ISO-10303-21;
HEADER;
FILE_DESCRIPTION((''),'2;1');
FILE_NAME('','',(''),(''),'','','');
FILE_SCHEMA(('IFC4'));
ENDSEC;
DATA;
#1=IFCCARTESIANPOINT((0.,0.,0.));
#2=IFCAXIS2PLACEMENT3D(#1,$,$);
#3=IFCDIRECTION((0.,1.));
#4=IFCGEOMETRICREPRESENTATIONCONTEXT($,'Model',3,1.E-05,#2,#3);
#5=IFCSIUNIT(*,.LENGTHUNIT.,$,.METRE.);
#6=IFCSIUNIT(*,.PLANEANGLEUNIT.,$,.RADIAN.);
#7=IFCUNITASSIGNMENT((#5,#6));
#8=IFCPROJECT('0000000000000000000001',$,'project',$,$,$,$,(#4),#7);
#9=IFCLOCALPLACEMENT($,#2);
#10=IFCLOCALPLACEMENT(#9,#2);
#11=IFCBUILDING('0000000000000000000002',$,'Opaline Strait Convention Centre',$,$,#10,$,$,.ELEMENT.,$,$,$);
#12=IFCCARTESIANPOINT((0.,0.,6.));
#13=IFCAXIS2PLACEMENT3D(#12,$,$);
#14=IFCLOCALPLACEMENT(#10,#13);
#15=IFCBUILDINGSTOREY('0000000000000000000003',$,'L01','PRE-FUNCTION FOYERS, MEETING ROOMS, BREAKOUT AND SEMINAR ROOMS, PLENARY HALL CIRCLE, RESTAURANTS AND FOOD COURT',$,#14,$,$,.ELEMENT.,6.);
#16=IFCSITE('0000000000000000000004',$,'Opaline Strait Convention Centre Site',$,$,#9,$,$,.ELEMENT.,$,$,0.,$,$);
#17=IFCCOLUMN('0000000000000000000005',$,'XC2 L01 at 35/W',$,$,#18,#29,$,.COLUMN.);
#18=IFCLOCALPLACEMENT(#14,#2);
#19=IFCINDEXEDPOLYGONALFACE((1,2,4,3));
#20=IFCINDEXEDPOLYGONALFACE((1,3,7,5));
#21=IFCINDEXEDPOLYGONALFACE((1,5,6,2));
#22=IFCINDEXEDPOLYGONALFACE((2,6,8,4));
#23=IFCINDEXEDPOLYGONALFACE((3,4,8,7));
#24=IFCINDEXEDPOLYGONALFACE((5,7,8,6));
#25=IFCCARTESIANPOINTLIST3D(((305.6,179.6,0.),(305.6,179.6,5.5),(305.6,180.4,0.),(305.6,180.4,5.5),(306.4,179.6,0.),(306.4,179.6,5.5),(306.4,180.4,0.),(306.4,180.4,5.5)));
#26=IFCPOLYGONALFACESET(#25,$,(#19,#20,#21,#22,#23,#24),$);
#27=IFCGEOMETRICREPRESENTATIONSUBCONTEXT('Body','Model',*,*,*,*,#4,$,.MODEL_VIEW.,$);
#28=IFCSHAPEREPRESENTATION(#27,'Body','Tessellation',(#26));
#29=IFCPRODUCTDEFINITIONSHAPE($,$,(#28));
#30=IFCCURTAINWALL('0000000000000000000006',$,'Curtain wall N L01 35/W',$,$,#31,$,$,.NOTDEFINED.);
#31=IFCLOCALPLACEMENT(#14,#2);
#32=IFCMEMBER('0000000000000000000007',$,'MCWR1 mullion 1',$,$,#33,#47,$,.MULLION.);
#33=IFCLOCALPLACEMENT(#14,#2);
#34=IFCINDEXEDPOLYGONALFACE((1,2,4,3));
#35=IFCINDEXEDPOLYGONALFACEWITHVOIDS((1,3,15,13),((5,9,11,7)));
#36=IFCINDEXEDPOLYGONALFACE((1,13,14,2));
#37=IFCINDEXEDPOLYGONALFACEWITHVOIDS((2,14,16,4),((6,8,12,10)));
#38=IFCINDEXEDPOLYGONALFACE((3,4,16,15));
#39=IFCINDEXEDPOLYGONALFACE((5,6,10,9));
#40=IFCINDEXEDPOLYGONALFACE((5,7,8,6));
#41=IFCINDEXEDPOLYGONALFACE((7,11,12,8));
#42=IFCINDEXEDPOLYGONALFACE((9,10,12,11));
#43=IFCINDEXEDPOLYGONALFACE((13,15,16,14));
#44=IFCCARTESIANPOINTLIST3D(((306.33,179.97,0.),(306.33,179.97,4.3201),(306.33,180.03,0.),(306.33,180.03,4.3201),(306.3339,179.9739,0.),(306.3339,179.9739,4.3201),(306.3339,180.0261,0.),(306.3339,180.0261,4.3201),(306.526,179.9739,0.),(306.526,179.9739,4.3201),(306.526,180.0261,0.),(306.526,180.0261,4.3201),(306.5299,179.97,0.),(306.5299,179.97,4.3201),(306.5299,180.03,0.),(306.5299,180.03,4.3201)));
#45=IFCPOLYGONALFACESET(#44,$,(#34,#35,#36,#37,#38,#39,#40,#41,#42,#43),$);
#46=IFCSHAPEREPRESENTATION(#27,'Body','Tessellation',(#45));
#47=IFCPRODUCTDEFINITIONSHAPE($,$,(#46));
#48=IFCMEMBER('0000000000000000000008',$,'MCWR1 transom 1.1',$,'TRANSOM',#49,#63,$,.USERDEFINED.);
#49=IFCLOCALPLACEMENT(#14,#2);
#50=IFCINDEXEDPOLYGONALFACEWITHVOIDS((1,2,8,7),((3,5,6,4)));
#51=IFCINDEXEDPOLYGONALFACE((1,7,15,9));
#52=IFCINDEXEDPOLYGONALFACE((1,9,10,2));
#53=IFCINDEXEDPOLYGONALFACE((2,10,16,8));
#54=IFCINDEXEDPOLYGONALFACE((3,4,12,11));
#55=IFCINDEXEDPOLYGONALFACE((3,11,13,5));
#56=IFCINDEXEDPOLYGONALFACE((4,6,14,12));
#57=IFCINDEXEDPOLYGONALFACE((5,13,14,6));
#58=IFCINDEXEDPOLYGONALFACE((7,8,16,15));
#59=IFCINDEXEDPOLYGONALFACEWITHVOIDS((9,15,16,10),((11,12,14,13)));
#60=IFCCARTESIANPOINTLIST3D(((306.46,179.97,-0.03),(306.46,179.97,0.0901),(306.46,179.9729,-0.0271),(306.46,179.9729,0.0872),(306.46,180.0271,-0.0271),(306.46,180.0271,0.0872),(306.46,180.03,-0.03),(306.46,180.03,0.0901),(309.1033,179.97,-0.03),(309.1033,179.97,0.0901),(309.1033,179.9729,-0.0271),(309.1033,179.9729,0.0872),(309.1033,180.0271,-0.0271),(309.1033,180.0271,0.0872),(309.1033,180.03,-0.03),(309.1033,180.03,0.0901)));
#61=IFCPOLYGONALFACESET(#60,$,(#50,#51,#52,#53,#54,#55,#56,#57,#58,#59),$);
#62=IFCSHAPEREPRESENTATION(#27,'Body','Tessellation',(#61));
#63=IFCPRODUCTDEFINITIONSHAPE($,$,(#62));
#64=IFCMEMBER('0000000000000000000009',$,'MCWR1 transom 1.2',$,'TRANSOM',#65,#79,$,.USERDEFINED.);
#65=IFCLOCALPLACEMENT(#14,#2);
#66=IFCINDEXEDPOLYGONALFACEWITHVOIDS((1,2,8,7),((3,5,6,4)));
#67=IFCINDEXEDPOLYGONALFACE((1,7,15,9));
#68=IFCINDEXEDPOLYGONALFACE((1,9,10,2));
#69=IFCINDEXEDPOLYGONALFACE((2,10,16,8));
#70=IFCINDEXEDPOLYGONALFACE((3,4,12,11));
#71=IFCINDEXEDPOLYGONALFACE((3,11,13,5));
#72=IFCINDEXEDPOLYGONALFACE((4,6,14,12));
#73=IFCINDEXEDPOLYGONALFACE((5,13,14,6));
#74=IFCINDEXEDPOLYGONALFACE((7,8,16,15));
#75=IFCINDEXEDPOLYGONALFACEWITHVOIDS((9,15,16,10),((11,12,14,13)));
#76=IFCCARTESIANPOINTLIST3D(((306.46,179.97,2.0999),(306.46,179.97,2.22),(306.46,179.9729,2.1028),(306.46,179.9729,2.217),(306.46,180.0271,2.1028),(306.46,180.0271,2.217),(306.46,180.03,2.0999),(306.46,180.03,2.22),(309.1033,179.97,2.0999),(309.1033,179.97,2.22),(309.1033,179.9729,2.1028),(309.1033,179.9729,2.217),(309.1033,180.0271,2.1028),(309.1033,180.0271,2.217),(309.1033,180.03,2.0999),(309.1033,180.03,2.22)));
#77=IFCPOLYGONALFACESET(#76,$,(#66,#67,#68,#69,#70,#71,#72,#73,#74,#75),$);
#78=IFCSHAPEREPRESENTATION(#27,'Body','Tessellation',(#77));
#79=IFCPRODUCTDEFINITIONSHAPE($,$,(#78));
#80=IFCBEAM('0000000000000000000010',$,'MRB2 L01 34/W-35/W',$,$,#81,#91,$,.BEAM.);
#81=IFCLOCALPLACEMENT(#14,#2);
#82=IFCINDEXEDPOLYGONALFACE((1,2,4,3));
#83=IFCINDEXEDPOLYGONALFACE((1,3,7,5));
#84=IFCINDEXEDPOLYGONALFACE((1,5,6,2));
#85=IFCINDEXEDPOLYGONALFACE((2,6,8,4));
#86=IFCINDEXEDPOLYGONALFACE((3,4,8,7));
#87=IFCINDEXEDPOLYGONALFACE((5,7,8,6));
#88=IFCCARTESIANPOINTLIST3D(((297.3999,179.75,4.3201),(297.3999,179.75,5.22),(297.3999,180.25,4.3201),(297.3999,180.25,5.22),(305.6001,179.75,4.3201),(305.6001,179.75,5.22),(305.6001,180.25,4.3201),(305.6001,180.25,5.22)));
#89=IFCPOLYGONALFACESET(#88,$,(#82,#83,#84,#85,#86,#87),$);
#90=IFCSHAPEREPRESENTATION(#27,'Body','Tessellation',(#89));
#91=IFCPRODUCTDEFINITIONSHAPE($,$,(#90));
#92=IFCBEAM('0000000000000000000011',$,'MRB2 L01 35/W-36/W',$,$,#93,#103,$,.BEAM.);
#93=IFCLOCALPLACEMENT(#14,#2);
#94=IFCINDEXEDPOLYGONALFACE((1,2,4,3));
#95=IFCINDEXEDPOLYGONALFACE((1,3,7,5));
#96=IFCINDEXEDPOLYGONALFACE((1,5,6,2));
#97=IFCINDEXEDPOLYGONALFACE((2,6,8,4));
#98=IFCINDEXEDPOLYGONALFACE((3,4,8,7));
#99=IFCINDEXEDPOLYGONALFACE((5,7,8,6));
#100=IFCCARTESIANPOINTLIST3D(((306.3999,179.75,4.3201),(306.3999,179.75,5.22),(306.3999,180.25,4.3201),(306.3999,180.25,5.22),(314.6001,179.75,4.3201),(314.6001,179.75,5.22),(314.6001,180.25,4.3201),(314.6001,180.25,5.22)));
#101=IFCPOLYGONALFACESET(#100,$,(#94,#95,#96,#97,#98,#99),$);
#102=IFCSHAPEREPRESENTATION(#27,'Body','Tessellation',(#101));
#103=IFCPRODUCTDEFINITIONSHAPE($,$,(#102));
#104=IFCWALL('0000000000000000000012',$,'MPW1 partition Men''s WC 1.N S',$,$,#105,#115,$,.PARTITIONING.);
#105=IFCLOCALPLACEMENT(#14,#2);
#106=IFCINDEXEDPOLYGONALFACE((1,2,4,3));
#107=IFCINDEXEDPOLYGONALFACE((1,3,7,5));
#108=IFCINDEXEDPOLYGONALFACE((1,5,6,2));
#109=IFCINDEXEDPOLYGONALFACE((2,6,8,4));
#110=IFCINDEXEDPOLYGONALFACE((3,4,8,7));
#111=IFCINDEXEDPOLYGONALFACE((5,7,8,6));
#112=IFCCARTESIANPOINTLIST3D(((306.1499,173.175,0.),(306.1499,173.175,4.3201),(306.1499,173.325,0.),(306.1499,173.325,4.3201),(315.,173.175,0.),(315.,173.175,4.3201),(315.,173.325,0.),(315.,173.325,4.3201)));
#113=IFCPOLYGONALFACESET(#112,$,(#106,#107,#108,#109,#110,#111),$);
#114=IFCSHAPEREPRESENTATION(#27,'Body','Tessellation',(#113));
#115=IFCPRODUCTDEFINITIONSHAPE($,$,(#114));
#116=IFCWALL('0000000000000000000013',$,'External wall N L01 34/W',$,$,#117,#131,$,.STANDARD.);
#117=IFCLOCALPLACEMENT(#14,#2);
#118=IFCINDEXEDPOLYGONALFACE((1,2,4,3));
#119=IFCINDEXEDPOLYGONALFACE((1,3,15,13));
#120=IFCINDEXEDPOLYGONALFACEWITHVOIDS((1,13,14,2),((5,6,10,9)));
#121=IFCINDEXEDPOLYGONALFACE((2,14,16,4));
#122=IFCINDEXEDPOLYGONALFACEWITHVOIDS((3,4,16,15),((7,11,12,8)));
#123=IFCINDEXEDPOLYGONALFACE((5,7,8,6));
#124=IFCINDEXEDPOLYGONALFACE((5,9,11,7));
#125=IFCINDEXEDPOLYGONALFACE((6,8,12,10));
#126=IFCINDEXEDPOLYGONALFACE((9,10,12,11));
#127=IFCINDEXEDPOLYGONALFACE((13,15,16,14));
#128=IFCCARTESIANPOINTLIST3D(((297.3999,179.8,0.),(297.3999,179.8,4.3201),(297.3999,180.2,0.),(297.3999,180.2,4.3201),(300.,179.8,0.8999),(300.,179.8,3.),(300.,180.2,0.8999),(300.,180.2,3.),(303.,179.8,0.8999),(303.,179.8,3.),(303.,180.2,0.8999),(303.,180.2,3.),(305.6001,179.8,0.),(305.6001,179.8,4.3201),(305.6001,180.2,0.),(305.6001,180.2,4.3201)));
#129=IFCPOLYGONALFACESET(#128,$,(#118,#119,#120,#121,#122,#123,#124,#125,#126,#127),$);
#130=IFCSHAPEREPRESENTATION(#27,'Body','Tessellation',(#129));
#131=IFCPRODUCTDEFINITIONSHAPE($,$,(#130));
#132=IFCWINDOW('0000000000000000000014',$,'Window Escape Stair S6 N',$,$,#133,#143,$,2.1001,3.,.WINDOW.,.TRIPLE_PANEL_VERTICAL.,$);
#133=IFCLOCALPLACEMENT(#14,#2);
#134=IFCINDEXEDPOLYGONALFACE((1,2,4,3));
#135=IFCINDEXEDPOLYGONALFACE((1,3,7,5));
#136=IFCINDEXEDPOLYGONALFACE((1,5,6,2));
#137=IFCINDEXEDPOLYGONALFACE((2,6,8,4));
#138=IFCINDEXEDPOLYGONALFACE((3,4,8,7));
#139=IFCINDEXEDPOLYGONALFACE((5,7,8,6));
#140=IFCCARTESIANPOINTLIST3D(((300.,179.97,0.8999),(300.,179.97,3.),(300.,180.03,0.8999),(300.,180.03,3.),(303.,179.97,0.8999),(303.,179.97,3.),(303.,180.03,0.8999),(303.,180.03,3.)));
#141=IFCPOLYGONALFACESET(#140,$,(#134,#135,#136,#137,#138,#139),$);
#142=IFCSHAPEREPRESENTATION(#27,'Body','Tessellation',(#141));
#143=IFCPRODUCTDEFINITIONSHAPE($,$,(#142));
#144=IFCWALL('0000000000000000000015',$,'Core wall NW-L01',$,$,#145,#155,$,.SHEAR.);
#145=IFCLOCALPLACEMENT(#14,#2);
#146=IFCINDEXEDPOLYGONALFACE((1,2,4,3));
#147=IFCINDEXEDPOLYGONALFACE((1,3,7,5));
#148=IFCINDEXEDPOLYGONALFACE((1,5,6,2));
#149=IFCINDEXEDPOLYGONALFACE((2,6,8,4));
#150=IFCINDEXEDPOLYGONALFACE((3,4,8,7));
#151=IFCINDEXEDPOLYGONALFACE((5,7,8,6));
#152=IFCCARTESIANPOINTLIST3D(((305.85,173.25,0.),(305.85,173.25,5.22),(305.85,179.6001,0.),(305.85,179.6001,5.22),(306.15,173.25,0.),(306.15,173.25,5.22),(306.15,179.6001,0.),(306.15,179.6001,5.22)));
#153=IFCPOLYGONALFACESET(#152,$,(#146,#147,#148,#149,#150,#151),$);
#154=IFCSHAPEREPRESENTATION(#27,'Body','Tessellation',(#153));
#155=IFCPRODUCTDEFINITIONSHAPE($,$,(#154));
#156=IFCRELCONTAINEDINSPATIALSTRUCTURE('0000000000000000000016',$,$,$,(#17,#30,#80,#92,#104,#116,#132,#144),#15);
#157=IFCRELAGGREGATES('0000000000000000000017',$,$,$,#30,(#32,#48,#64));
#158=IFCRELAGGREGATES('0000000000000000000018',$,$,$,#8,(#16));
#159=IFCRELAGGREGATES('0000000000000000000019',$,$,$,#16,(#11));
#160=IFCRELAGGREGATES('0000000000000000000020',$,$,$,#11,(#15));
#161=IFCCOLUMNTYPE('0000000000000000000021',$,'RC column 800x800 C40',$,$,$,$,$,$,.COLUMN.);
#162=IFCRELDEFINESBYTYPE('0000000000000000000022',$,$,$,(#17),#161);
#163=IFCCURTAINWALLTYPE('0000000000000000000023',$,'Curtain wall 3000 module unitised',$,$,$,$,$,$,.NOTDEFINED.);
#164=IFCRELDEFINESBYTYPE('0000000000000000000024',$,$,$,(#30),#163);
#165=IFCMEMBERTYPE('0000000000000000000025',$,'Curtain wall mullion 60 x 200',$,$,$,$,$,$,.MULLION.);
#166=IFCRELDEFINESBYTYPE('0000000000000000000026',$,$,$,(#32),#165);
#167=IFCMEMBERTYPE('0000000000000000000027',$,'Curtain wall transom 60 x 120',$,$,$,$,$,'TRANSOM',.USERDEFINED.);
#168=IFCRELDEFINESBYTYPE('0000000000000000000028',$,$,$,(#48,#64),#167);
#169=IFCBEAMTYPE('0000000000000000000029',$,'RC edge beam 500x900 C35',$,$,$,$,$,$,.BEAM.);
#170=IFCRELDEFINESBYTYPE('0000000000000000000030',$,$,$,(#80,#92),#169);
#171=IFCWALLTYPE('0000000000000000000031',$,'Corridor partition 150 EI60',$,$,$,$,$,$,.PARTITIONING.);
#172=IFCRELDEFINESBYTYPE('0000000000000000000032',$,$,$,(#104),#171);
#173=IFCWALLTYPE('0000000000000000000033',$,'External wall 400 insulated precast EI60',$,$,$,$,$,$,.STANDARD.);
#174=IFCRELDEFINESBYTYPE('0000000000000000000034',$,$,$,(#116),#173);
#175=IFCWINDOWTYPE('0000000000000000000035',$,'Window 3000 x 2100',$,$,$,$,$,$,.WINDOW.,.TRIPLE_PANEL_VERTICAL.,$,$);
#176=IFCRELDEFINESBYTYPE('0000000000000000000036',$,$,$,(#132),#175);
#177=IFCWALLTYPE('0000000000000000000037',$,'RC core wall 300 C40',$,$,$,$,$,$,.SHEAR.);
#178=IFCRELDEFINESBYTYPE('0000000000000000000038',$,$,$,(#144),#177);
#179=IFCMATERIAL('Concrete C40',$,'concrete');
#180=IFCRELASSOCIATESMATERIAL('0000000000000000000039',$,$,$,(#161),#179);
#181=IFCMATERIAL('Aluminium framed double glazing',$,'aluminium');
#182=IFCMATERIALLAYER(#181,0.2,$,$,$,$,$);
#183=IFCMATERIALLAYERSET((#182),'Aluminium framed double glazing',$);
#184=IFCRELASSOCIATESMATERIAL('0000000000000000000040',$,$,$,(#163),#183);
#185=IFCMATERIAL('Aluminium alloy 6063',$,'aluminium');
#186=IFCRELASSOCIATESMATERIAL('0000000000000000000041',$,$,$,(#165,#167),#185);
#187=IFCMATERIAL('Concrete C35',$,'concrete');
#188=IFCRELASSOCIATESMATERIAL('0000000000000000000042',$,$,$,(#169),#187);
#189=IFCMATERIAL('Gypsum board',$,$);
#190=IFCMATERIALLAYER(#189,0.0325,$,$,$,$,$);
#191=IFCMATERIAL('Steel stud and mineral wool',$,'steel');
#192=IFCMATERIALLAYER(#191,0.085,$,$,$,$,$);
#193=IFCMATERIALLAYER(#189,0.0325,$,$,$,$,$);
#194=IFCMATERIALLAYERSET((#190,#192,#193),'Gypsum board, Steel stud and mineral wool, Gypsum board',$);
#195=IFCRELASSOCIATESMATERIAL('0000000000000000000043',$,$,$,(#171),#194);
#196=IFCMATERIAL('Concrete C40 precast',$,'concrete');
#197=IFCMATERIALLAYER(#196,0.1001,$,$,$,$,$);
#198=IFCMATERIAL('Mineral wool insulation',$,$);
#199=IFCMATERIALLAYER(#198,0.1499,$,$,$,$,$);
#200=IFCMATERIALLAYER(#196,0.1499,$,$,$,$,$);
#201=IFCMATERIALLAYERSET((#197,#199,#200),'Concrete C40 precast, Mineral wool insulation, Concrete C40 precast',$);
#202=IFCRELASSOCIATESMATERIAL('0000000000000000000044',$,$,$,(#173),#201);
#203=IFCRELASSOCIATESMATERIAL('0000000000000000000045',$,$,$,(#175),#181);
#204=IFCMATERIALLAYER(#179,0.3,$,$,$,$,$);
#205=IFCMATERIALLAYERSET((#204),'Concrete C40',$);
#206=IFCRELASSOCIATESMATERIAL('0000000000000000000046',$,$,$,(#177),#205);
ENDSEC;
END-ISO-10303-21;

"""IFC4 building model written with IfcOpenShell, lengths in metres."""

from ifc_helpers import new_model, si_unit, direction, frame, frame_2d, origin, origin_2d, place, context, subcontext, project, spatial, rectangle, hollow_rectangle, extrude, material, layer, layer_set, material_profile, profile_set, type_object, element, fill, aggregate, save


model = new_model("IFC4")

# Units and contexts
model_context = context("Model", 3, precision=1e-05, world=origin(), true_north=direction((0.0, 1.0)))
body_context = subcontext(model_context, "Body", "Model", "MODEL_VIEW")
ifc_project = project(units=[si_unit("LENGTHUNIT", "METRE"), si_unit("PLANEANGLEUNIT", "RADIAN")], contexts=[model_context])

# Site, building, storey
site_placement = place(None, origin())
site = spatial("IfcSite", under=ifc_project, at=site_placement, Name="Opaline Strait Convention Centre Site", CompositionType="ELEMENT", RefElevation=0.0)
building_placement = place(site_placement, origin())
building = spatial("IfcBuilding", under=site, at=building_placement, Name="Opaline Strait Convention Centre", CompositionType="ELEMENT")
storey_placement = place(building_placement, frame((0.0, 0.0, 6.0)))
storey = spatial("IfcBuildingStorey", under=building, at=storey_placement, Name="L01", Description="PRE-FUNCTION FOYERS, MEETING ROOMS, BREAKOUT AND SEMINAR ROOMS, PLENARY HALL CIRCLE, RESTAURANTS AND FOOD COURT", CompositionType="ELEMENT", Elevation=6.0)

# Column
ifc_material_1 = material(Name="Concrete C40", Category="concrete")
ifc_material_profile_1 = material_profile(ifc_material_1, rectangle(XDim=0.8, YDim=0.8, at=origin_2d()), Name="RC 800x800")
ifc_profile_set_1 = profile_set([ifc_material_profile_1], Name="Concrete C40")
column_type = type_object("IfcColumnType", Name="RC column 800x800 C40", PredefinedType="COLUMN", material=ifc_profile_set_1)
column_placement = place(storey_placement, frame((306.0, 180.0, 0.0), z_axis=(0.0, 0.0, 1.0), x_axis=(1.0, 0.0, 0.0)))
element("IfcColumn", 1, at=column_placement, inside=storey, type_object=column_type, Name="XC2 L01 at 35/W", PredefinedType="COLUMN", context=body_context, shape_type="SweptSolid", body=[
    extrude(rectangle(XDim=0.8, YDim=0.8, at=origin_2d()), origin(), (0.0, 0.0, 1.0), 5.5),
])

# Curtain wall, members
ifc_material_2 = material(Name="Aluminium framed double glazing", Category="aluminium")
ifc_layer_1 = layer(ifc_material_2, 0.2)
ifc_layer_set_1 = layer_set([ifc_layer_1], Name="Aluminium framed double glazing")
curtain_wall_type = type_object("IfcCurtainWallType", Name="Curtain wall 3000 module unitised", PredefinedType="NOTDEFINED", material=ifc_layer_set_1)
curtain_wall_placement = place(storey_placement, origin())
curtain_wall = element("IfcCurtainWall", 2, at=curtain_wall_placement, inside=storey, type_object=curtain_wall_type, Name="Curtain wall N L01 35/W", PredefinedType="NOTDEFINED")
ifc_material_3 = material(Name="Aluminium alloy 6063", Category="aluminium")
ifc_material_profile_2 = material_profile(ifc_material_3, hollow_rectangle(XDim=0.0601, YDim=0.2, WallThickness=0.0039, at=origin_2d()), Name="MULLION 60x200x4")
ifc_profile_set_2 = profile_set([ifc_material_profile_2], Name="Aluminium alloy 6063")
member_type_1 = type_object("IfcMemberType", Name="Curtain wall mullion 60 x 200", PredefinedType="MULLION", material=ifc_profile_set_2)
member_1_placement = place(storey_placement, frame((306.4299, 180.0, 0.0), z_axis=(0.0, 0.0, 1.0), x_axis=(0.0, 1.0, 0.0)))
member_1 = element("IfcMember", 3, at=member_1_placement, type_object=member_type_1, Name="MCWR1 mullion 1", PredefinedType="MULLION", context=body_context, shape_type="SweptSolid", body=[
    extrude(hollow_rectangle(XDim=0.0601, YDim=0.2, WallThickness=0.0039, at=origin_2d()), origin(), (0.0, 0.0, 1.0), 4.3201),
])
ifc_material_profile_3 = material_profile(ifc_material_3, hollow_rectangle(XDim=0.0601, YDim=0.1201, WallThickness=0.0029, at=origin_2d()), Name="TRANSOM 60x120x3")
ifc_profile_set_3 = profile_set([ifc_material_profile_3], Name="Aluminium alloy 6063")
member_type_2 = type_object("IfcMemberType", Name="Curtain wall transom 60 x 120", ElementType="TRANSOM", PredefinedType="USERDEFINED", material=ifc_profile_set_3)
member_2_placement = place(storey_placement, frame((306.46, 180.0, 0.03), z_axis=(1.0, 0.0, 0.0), x_axis=(0.0, 1.0, 0.0)))
member_2 = element("IfcMember", 4, at=member_2_placement, type_object=member_type_2, Name="MCWR1 transom 1.1", ObjectType="TRANSOM", PredefinedType="USERDEFINED", context=body_context, shape_type="SweptSolid", body=[
    extrude(hollow_rectangle(XDim=0.0601, YDim=0.1201, WallThickness=0.0029, at=origin_2d()), origin(), (0.0, 0.0, 1.0), 2.6433),
])
member_3_placement = place(storey_placement, frame((306.46, 180.0, 2.1599), z_axis=(1.0, 0.0, 0.0), x_axis=(0.0, 1.0, 0.0)))
member_3 = element("IfcMember", 5, at=member_3_placement, type_object=member_type_2, Name="MCWR1 transom 1.2", ObjectType="TRANSOM", PredefinedType="USERDEFINED", context=body_context, shape_type="SweptSolid", body=[
    extrude(hollow_rectangle(XDim=0.0601, YDim=0.1201, WallThickness=0.0029, at=origin_2d()), origin(), (0.0, 0.0, 1.0), 2.6433),
])
aggregate(curtain_wall, [member_1, member_2, member_3])

# Beams
ifc_material_4 = material(Name="Concrete C35", Category="concrete")
ifc_material_profile_4 = material_profile(ifc_material_4, rectangle(XDim=0.5, YDim=0.8999, at=origin_2d()), Name="RC 500x900")
ifc_profile_set_4 = profile_set([ifc_material_profile_4], Name="Concrete C35")
beam_type = type_object("IfcBeamType", Name="RC edge beam 500x900 C35", PredefinedType="BEAM", material=ifc_profile_set_4)
for number, where, z_axis, x_axis, name in (
    (6, (297.3999, 180.0, 4.77), (1.0, 0.0, 0.0), (0.0, 1.0, 0.0), "MRB2 L01 34/W-35/W"),
    (7, (306.3999, 180.0, 4.77), (1.0, 0.0, 0.0), (0.0, 1.0, 0.0), "MRB2 L01 35/W-36/W"),
):
    element("IfcBeam", number, at=place(storey_placement, frame(where, z_axis=z_axis, x_axis=x_axis)), inside=storey, type_object=beam_type, Name=name, PredefinedType="BEAM", context=body_context, shape_type="SweptSolid", body=[
        extrude(rectangle(XDim=0.5, YDim=0.8999, at=origin_2d()), origin(), (0.0, 0.0, 1.0), 8.2002),
    ])

# Wall
ifc_material_5 = material(Name="Gypsum board")
ifc_layer_2 = layer(ifc_material_5, 0.0325)
ifc_material_6 = material(Name="Steel stud and mineral wool", Category="steel")
ifc_layer_3 = layer(ifc_material_6, 0.085)
ifc_layer_4 = layer(ifc_material_5, 0.0325)
ifc_layer_set_2 = layer_set([ifc_layer_2, ifc_layer_3, ifc_layer_4], Name="Gypsum board, Steel stud and mineral wool, Gypsum board")
wall_type_1 = type_object("IfcWallType", Name="Corridor partition 150 EI60", PredefinedType="PARTITIONING", material=ifc_layer_set_2)
wall_1_placement = place(storey_placement, frame((306.1499, 173.25, 0.0), z_axis=(0.0, 0.0, 1.0), x_axis=(1.0, 0.0, 0.0)))
element("IfcWall", 8, at=wall_1_placement, inside=storey, type_object=wall_type_1, Name="MPW1 partition Men's WC 1.N S", PredefinedType="PARTITIONING", context=body_context, shape_type="SweptSolid", body=[
    extrude(rectangle(XDim=8.8501, YDim=0.1499, at=frame_2d((4.425, 0.0))), origin(), (0.0, 0.0, 1.0), 4.3201),
])

# Wall, opening, window
ifc_material_7 = material(Name="Concrete C40 precast", Category="concrete")
ifc_layer_5 = layer(ifc_material_7, 0.1001)
ifc_material_8 = material(Name="Mineral wool insulation")
ifc_layer_6 = layer(ifc_material_8, 0.1499)
ifc_layer_7 = layer(ifc_material_7, 0.1499)
ifc_layer_set_3 = layer_set([ifc_layer_5, ifc_layer_6, ifc_layer_7], Name="Concrete C40 precast, Mineral wool insulation, Concrete C40 precast")
wall_type_2 = type_object("IfcWallType", Name="External wall 400 insulated precast EI60", PredefinedType="STANDARD", material=ifc_layer_set_3)
wall_2_placement = place(storey_placement, frame((297.3999, 180.0, 0.0), z_axis=(0.0, 0.0, 1.0), x_axis=(1.0, 0.0, 0.0)))
wall_2 = element("IfcWall", 9, at=wall_2_placement, inside=storey, type_object=wall_type_2, Name="External wall N L01 34/W", PredefinedType="STANDARD", context=body_context, shape_type="SweptSolid", body=[
    extrude(rectangle(XDim=8.2002, YDim=0.3999, at=frame_2d((4.1001, 0.0))), origin(), (0.0, 0.0, 1.0), 4.3201),
])
opening_placement = place(wall_2_placement, frame((2.6001, 0.0, 0.8999)))
opening = element("IfcOpeningElement", 10, at=opening_placement, cuts=wall_2, PredefinedType="OPENING", context=body_context, shape_type="SweptSolid", body=[
    extrude(rectangle(XDim=3.0, YDim=2.1001, at=frame_2d((1.5, 1.05))), frame((0.0, 0.21, 0.0), z_axis=(0.0, -1.0, 0.0), x_axis=(1.0, 0.0, 0.0)), (0.0, 0.0, 1.0), 0.4199),
])
window_type = type_object("IfcWindowType", Name="Window 3000 x 2100", PartitioningType="TRIPLE_PANEL_VERTICAL", PredefinedType="WINDOW", material=ifc_material_2)
window_placement = place(opening_placement, origin())
window = element("IfcWindow", 11, at=window_placement, inside=storey, type_object=window_type, Name="Window Escape Stair S6 N", OverallHeight=2.1001, OverallWidth=3.0, PartitioningType="TRIPLE_PANEL_VERTICAL", PredefinedType="WINDOW", context=body_context, shape_type="SweptSolid", body=[
    extrude(rectangle(XDim=3.0, YDim=2.1001, at=frame_2d((1.5, 1.05))), frame((0.0, 0.03, 0.0), z_axis=(0.0, -1.0, 0.0), x_axis=(1.0, 0.0, 0.0)), (0.0, 0.0, 1.0), 0.0601),
])
fill(opening, window)

# Wall
ifc_layer_8 = layer(ifc_material_1, 0.3)
ifc_layer_set_4 = layer_set([ifc_layer_8], Name="Concrete C40")
wall_type_3 = type_object("IfcWallType", Name="RC core wall 300 C40", PredefinedType="SHEAR", material=ifc_layer_set_4)
wall_3_placement = place(storey_placement, frame((306.0, 173.25, 0.0), z_axis=(0.0, 0.0, 1.0), x_axis=(0.0, 1.0, 0.0)))
element("IfcWall", 12, at=wall_3_placement, inside=storey, type_object=wall_type_3, Name="Core wall NW-L01", PredefinedType="SHEAR", context=body_context, shape_type="SweptSolid", body=[
    extrude(rectangle(XDim=6.3501, YDim=0.3, at=frame_2d((3.175, 0.0))), origin(), (0.0, 0.0, 1.0), 5.22),
])

save(model, "model.ifc")
